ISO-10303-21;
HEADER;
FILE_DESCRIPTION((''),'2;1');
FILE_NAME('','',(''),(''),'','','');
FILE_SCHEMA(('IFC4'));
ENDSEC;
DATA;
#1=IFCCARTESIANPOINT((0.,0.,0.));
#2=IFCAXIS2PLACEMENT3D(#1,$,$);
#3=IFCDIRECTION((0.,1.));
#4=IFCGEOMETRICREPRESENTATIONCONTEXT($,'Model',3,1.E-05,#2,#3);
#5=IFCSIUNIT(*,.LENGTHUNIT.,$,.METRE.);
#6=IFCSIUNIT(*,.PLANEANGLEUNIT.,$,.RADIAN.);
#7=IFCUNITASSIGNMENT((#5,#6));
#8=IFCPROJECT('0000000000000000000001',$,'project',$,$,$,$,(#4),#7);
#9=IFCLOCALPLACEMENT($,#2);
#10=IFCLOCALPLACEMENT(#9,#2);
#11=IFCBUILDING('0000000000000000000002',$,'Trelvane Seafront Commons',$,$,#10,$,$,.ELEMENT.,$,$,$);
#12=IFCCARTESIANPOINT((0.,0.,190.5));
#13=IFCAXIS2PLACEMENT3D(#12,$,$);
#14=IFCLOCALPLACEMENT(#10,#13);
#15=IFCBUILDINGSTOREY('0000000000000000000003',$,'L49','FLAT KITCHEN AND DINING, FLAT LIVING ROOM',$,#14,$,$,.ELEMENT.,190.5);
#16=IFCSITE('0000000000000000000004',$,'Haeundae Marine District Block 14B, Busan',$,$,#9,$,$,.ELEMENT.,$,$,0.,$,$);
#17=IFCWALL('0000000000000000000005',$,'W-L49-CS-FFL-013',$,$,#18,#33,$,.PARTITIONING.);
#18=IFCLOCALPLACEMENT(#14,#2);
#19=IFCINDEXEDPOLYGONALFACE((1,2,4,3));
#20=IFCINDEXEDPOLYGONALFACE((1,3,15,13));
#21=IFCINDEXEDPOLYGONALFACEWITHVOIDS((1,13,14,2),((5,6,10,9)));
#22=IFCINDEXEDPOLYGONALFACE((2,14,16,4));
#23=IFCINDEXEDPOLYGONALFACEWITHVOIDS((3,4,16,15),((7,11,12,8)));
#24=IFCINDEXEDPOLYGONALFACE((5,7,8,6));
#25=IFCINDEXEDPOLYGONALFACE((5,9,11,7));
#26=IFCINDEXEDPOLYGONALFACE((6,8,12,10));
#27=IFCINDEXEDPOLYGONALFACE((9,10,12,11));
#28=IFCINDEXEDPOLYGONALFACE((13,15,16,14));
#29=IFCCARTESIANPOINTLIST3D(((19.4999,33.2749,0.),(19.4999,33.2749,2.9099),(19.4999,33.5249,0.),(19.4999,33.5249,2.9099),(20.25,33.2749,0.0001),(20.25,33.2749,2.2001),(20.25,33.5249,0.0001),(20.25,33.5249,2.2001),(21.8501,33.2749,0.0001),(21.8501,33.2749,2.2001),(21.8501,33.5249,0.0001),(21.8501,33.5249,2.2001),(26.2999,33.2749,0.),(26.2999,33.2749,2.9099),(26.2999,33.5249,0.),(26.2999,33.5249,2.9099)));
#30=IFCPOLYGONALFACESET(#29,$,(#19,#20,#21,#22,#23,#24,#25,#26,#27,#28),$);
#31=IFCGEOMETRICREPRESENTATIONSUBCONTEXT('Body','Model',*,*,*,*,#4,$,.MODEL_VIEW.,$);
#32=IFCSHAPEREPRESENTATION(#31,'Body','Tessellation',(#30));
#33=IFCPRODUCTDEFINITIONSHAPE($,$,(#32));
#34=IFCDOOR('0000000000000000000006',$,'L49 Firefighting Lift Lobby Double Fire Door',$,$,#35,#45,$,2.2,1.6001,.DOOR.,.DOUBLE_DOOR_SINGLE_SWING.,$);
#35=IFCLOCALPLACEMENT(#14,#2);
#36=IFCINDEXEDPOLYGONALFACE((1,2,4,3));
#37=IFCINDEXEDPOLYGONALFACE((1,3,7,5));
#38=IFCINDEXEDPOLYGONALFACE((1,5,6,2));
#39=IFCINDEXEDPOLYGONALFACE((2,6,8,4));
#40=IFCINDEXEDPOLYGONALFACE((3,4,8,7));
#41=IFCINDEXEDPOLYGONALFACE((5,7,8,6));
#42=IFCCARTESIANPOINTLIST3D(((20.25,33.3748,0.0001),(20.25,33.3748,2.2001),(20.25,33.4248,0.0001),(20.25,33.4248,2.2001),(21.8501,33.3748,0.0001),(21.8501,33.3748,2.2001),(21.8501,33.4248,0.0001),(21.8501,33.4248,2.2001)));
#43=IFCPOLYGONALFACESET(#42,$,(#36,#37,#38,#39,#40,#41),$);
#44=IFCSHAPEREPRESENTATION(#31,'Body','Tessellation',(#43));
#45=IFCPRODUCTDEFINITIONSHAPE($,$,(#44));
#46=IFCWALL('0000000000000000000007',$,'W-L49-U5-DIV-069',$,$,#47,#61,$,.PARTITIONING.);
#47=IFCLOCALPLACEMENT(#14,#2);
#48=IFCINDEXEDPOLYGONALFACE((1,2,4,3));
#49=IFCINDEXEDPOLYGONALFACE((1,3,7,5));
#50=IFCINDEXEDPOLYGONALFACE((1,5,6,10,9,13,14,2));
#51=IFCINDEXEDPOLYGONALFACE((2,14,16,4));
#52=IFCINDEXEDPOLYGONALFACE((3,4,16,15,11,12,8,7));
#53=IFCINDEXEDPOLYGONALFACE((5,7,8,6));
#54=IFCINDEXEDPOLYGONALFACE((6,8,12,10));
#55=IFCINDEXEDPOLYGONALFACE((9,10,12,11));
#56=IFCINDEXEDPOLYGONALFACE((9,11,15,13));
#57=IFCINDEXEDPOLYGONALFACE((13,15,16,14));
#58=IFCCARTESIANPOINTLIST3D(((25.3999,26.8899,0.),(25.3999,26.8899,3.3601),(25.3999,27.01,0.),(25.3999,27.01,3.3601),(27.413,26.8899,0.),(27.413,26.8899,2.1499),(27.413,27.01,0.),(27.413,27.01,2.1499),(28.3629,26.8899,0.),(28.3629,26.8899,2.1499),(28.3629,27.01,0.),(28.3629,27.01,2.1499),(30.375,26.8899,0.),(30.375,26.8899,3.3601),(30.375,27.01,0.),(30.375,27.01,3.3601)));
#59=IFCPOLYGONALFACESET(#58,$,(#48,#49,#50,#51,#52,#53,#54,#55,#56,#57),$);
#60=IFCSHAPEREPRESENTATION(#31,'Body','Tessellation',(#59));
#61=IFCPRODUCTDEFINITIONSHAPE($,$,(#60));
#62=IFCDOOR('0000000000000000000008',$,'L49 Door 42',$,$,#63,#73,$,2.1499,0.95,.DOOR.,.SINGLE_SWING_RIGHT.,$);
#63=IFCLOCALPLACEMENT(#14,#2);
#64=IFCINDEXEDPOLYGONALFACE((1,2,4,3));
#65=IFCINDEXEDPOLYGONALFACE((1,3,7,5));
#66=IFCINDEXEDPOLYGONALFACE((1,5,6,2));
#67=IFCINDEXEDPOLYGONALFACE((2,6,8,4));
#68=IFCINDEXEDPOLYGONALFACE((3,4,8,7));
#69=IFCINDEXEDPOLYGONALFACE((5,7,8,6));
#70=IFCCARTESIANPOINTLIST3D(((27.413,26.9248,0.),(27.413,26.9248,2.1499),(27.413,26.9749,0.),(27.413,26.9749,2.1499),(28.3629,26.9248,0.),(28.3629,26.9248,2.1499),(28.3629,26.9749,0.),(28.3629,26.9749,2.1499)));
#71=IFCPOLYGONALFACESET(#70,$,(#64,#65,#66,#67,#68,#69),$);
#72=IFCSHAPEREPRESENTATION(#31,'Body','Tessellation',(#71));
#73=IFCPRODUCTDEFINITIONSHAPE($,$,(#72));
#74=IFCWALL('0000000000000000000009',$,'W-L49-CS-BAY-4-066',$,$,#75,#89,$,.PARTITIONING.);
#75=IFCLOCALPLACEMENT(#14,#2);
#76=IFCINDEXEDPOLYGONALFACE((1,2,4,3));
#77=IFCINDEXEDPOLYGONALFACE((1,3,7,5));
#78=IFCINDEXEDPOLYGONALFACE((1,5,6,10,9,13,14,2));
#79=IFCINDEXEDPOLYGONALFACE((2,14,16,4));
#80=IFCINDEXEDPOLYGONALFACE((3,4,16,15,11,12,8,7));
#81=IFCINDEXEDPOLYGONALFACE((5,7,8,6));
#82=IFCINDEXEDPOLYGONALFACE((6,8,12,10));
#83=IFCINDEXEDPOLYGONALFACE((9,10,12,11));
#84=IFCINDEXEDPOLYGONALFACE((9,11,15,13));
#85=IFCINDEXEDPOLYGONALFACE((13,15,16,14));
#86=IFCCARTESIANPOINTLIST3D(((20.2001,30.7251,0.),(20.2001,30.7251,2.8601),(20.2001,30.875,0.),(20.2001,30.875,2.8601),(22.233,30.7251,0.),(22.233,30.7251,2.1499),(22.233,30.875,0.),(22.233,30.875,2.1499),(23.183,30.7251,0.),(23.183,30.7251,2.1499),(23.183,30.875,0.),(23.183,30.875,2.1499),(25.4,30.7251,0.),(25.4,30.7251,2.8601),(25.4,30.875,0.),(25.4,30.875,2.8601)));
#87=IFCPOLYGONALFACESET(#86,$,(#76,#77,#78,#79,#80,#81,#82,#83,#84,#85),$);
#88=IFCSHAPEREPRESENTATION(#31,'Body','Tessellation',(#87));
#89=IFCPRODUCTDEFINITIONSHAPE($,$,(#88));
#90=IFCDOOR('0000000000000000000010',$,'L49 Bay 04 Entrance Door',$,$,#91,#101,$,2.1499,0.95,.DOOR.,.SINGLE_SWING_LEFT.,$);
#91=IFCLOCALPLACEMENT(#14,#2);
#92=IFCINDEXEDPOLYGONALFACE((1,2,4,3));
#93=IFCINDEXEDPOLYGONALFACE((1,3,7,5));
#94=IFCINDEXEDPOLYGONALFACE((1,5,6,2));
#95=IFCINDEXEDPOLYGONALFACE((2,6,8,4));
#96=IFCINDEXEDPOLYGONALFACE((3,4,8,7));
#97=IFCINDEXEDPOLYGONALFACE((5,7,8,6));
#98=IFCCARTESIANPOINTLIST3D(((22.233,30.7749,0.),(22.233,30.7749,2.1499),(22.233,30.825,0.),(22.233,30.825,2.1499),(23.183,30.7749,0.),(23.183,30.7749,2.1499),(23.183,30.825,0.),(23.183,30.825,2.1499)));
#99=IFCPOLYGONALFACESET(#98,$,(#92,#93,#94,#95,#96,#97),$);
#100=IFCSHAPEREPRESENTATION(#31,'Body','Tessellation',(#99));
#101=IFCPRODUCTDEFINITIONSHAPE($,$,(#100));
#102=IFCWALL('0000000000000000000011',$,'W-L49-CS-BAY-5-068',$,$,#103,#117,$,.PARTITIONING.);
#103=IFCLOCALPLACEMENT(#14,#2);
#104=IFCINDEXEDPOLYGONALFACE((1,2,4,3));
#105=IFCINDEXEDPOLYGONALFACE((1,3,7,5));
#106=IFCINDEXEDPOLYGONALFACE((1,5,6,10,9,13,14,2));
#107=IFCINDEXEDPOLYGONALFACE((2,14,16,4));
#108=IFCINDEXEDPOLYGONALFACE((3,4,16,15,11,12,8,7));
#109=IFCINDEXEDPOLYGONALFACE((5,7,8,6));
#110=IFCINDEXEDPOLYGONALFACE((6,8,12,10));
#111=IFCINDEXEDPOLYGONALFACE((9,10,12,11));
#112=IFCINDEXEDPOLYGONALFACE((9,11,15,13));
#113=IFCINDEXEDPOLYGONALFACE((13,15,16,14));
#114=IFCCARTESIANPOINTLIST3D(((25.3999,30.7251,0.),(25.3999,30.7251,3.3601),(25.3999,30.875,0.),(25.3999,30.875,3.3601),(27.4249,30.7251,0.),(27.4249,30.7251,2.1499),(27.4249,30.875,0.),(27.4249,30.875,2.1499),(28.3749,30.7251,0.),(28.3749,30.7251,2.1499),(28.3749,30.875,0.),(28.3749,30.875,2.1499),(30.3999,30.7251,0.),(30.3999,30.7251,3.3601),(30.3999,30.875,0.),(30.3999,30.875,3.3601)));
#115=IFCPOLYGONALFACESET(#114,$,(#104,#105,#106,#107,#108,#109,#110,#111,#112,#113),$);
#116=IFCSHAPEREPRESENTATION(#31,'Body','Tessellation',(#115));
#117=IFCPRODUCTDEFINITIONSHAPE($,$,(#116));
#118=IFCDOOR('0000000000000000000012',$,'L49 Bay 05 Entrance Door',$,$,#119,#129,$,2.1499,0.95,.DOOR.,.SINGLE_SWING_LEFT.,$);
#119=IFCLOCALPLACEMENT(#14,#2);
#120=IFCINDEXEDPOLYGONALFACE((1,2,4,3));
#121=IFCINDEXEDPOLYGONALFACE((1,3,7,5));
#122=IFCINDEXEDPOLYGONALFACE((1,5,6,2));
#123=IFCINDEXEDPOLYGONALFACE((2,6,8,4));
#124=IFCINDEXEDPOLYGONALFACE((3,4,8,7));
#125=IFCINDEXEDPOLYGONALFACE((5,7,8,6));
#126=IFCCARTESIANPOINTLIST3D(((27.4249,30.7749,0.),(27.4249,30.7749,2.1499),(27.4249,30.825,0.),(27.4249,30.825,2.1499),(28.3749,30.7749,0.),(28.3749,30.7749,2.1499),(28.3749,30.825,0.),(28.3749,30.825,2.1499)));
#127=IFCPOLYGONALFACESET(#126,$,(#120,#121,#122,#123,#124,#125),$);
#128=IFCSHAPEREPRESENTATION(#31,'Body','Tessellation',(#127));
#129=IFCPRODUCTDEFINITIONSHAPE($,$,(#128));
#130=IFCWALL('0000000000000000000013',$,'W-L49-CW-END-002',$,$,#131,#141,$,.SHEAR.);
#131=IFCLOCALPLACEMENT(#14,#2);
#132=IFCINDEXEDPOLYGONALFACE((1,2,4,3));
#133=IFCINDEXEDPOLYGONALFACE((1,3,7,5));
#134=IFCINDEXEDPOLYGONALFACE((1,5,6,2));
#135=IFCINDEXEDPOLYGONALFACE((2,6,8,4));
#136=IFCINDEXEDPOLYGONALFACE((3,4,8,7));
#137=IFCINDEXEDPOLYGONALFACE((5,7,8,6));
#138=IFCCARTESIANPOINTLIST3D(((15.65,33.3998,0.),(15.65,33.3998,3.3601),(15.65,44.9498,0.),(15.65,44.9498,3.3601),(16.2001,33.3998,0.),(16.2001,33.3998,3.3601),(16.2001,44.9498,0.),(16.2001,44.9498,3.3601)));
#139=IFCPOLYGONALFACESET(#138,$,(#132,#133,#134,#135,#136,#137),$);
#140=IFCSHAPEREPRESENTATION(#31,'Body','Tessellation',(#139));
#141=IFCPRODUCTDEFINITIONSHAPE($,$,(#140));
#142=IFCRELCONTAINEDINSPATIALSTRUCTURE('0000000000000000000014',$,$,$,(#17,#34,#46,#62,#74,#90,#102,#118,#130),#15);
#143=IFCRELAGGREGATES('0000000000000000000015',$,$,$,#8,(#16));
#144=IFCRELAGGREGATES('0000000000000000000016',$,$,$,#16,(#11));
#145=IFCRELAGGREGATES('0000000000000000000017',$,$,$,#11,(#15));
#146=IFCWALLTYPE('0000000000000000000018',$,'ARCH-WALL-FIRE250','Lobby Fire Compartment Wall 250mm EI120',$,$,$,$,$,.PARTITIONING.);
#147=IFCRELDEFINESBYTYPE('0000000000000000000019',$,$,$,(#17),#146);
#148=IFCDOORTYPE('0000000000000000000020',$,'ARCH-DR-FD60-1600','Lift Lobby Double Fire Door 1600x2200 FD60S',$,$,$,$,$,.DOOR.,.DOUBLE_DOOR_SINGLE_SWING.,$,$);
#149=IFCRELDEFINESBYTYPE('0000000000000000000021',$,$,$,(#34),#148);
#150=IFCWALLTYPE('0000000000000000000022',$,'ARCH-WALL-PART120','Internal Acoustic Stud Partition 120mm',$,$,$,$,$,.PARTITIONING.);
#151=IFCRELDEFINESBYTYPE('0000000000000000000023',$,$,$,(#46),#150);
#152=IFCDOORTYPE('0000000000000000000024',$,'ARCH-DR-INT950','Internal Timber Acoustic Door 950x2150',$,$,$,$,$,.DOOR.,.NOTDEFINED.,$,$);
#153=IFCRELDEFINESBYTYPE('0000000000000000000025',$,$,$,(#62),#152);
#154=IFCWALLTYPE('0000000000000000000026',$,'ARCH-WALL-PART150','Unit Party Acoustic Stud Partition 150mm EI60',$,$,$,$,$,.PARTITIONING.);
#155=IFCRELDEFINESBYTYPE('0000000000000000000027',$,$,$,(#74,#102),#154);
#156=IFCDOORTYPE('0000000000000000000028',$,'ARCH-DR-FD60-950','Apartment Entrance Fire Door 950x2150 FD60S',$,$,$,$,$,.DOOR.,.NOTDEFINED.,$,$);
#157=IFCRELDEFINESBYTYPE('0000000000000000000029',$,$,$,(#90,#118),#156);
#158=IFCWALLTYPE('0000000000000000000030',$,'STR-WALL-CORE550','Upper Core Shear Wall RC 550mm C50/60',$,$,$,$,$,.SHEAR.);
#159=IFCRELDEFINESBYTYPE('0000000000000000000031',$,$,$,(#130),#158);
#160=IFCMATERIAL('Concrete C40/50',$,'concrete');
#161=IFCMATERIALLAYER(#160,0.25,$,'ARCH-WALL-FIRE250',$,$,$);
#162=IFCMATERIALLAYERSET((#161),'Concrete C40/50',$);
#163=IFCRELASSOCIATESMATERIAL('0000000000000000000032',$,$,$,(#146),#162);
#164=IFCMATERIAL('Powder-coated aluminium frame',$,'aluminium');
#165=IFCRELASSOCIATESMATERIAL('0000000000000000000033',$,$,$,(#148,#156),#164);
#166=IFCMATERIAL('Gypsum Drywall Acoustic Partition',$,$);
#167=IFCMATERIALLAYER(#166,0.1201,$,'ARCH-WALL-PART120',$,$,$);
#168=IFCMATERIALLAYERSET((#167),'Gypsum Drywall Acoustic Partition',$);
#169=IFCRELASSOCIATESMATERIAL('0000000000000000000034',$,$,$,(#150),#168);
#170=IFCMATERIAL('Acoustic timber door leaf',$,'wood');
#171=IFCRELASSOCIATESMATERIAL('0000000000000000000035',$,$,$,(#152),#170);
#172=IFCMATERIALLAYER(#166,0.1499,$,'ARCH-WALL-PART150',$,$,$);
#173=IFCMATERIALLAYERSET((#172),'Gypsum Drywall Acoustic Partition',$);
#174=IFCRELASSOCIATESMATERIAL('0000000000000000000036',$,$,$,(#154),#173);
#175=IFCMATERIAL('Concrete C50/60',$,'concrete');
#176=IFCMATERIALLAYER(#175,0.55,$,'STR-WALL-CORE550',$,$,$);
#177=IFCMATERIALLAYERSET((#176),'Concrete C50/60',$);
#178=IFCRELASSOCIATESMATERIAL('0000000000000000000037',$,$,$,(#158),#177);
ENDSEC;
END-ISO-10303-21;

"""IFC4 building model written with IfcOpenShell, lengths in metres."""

from ifc_helpers import new_model, si_unit, direction, frame, frame_2d, origin, place, context, subcontext, project, spatial, rectangle, extrude, source, transform, mapped, material, layer, layer_set, type_object, element, fill, save


model = new_model("IFC4")

# Units and contexts
model_context = context("Model", 3, precision=1e-05, world=origin(), true_north=direction((0.0, 1.0)))
body_context = subcontext(model_context, "Body", "Model", "MODEL_VIEW")
ifc_project = project(units=[si_unit("LENGTHUNIT", "METRE"), si_unit("PLANEANGLEUNIT", "RADIAN")], contexts=[model_context])

# Site, building, storey
site_placement = place(None, origin())
site = spatial("IfcSite", under=ifc_project, at=site_placement, Name="Haeundae Marine District Block 14B, Busan", CompositionType="ELEMENT", RefElevation=0.0)
building_placement = place(site_placement, origin())
building = spatial("IfcBuilding", under=site, at=building_placement, Name="Trelvane Seafront Commons", CompositionType="ELEMENT")
storey_placement = place(building_placement, frame((0.0, 0.0, 190.5)))
storey = spatial("IfcBuildingStorey", under=building, at=storey_placement, Name="L49", Description="FLAT KITCHEN AND DINING, FLAT LIVING ROOM", CompositionType="ELEMENT", Elevation=190.5)

# Shared definitions
ifc_material_1 = material(Name="Concrete C50/60", Category="concrete")

# Walls, openings, doors
ifc_material_2 = material(Name="Concrete C40/50", Category="concrete")
ifc_layer_1 = layer(ifc_material_2, 0.25, Name="ARCH-WALL-FIRE250")
ifc_layer_set_1 = layer_set([ifc_layer_1], Name="Concrete C40/50")
wall_type_1 = type_object("IfcWallType", Name="ARCH-WALL-FIRE250", Description="Lobby Fire Compartment Wall 250mm EI120", PredefinedType="PARTITIONING", material=ifc_layer_set_1)
wall_1_placement = place(storey_placement, frame((19.5, 33.3999, 0.0), z_axis=(0.0, 0.0, 1.0), x_axis=(1.0, 0.0, 0.0)))
wall_1 = element("IfcWall", 1, at=wall_1_placement, inside=storey, type_object=wall_type_1, Name="W-L49-CS-FFL-013", PredefinedType="PARTITIONING", context=body_context, shape_type="SweptSolid", body=[
    extrude(rectangle(XDim=6.8, YDim=0.25, at=frame_2d((3.3999, 0.0))), origin(), (0.0, 0.0, 1.0), 2.9099),
])
opening_1_placement = place(wall_1_placement, frame((0.75, 0.0, 0.0)))
opening_1 = element("IfcOpeningElement", 2, at=opening_1_placement, cuts=wall_1, PredefinedType="OPENING", context=body_context, shape_type="SweptSolid", body=[
    extrude(rectangle(XDim=1.6001, YDim=2.2, at=frame_2d((0.8, 1.1001))), frame((0.0, 0.135, 0.0), z_axis=(0.0, -1.0, 0.0), x_axis=(1.0, 0.0, 0.0)), (0.0, 0.0, 1.0), 0.27),
])
ifc_material_3 = material(Name="Powder-coated aluminium frame", Category="aluminium")
door_type_1 = type_object("IfcDoorType", Name="ARCH-DR-FD60-1600", Description="Lift Lobby Double Fire Door 1600x2200 FD60S", OperationType="DOUBLE_DOOR_SINGLE_SWING", PredefinedType="DOOR", material=ifc_material_3)
shared_shape_1 = source(origin(), body_context, "Body", "SweptSolid", [
    extrude(rectangle(XDim=1.6001, YDim=2.2, at=frame_2d((0.8, 1.1001))), frame((0.0, 0.0249, 0.0), z_axis=(0.0, -1.0, 0.0), x_axis=(1.0, 0.0, 0.0)), (0.0, 0.0, 1.0), 0.05),
])
door_1_placement = place(opening_1_placement, origin())
door_1 = element("IfcDoor", 3, at=door_1_placement, inside=storey, type_object=door_type_1, Name="L49 Firefighting Lift Lobby Double Fire Door", OperationType="DOUBLE_DOOR_SINGLE_SWING", OverallHeight=2.2, OverallWidth=1.6001, PredefinedType="DOOR", context=body_context, shape_type="MappedRepresentation", body=[
    mapped(shared_shape_1, transform((0.0, 0.0, 0.0), x_axis=(1.0, 0.0, 0.0), y_axis=(0.0, 1.0, 0.0), z_axis=(0.0, 0.0, 1.0), scale=1.0)),
])
fill(opening_1, door_1)
ifc_material_4 = material(Name="Gypsum Drywall Acoustic Partition")
ifc_layer_2 = layer(ifc_material_4, 0.1201, Name="ARCH-WALL-PART120")
ifc_layer_set_2 = layer_set([ifc_layer_2], Name="Gypsum Drywall Acoustic Partition")
wall_type_2 = type_object("IfcWallType", Name="ARCH-WALL-PART120", Description="Internal Acoustic Stud Partition 120mm", PredefinedType="PARTITIONING", material=ifc_layer_set_2)
wall_2_placement = place(storey_placement, frame((25.3999, 26.95, 0.0), z_axis=(0.0, 0.0, 1.0), x_axis=(1.0, 0.0, 0.0)))
wall_2 = element("IfcWall", 4, at=wall_2_placement, inside=storey, type_object=wall_type_2, Name="W-L49-U5-DIV-069", PredefinedType="PARTITIONING", context=body_context, shape_type="SweptSolid", body=[
    extrude(rectangle(XDim=4.9751, YDim=0.1201, at=frame_2d((2.4875, 0.0))), origin(), (0.0, 0.0, 1.0), 3.3601),
])
opening_2_placement = place(wall_2_placement, frame((2.0129, 0.0, 0.0)))
opening_2 = element("IfcOpeningElement", 5, at=opening_2_placement, cuts=wall_2, PredefinedType="OPENING", context=body_context, shape_type="SweptSolid", body=[
    extrude(rectangle(XDim=0.95, YDim=2.1499, at=frame_2d((0.4751, 1.075))), frame((0.0, 0.0701, 0.0), z_axis=(0.0, -1.0, 0.0), x_axis=(1.0, 0.0, 0.0)), (0.0, 0.0, 1.0), 0.1401),
])
ifc_material_5 = material(Name="Acoustic timber door leaf", Category="wood")
door_type_2 = type_object("IfcDoorType", Name="ARCH-DR-INT950", Description="Internal Timber Acoustic Door 950x2150", OperationType="NOTDEFINED", PredefinedType="DOOR", material=ifc_material_5)
shared_shape_2 = source(origin(), body_context, "Body", "SweptSolid", [
    extrude(rectangle(XDim=0.95, YDim=2.1499, at=frame_2d((0.4751, 1.075))), frame((0.0, 0.0249, 0.0), z_axis=(0.0, -1.0, 0.0), x_axis=(1.0, 0.0, 0.0)), (0.0, 0.0, 1.0), 0.05),
])
door_2_placement = place(opening_2_placement, origin())
door_2 = element("IfcDoor", 6, at=door_2_placement, inside=storey, type_object=door_type_2, Name="L49 Door 42", OperationType="SINGLE_SWING_RIGHT", OverallHeight=2.1499, OverallWidth=0.95, PredefinedType="DOOR", context=body_context, shape_type="MappedRepresentation", body=[
    mapped(shared_shape_2, transform((0.0, 0.0, 0.0), x_axis=(1.0, 0.0, 0.0), y_axis=(0.0, 1.0, 0.0), z_axis=(0.0, 0.0, 1.0), scale=1.0)),
])
fill(opening_2, door_2)
ifc_layer_3 = layer(ifc_material_4, 0.1499, Name="ARCH-WALL-PART150")
ifc_layer_set_3 = layer_set([ifc_layer_3], Name="Gypsum Drywall Acoustic Partition")
wall_type_3 = type_object("IfcWallType", Name="ARCH-WALL-PART150", Description="Unit Party Acoustic Stud Partition 150mm EI60", PredefinedType="PARTITIONING", material=ifc_layer_set_3)
wall_3_placement = place(storey_placement, frame((20.2, 30.8, 0.0), z_axis=(0.0, 0.0, 1.0), x_axis=(1.0, 0.0, 0.0)))
wall_3 = element("IfcWall", 7, at=wall_3_placement, inside=storey, type_object=wall_type_3, Name="W-L49-CS-BAY-4-066", PredefinedType="PARTITIONING", context=body_context, shape_type="SweptSolid", body=[
    extrude(rectangle(XDim=5.2, YDim=0.1499, at=frame_2d((2.6001, 0.0))), origin(), (0.0, 0.0, 1.0), 2.8601),
])
opening_3_placement = place(wall_3_placement, frame((2.033, 0.0, 0.0)))
opening_3 = element("IfcOpeningElement", 8, at=opening_3_placement, cuts=wall_3, PredefinedType="OPENING", context=body_context, shape_type="SweptSolid", body=[
    extrude(rectangle(XDim=0.95, YDim=2.1499, at=frame_2d((0.4751, 1.075))), frame((0.0, 0.085, 0.0), z_axis=(0.0, -1.0, 0.0), x_axis=(1.0, 0.0, 0.0)), (0.0, 0.0, 1.0), 0.1699),
])
door_type_3 = type_object("IfcDoorType", Name="ARCH-DR-FD60-950", Description="Apartment Entrance Fire Door 950x2150 FD60S", OperationType="NOTDEFINED", PredefinedType="DOOR", material=ifc_material_3)
door_3_placement = place(opening_3_placement, origin())
door_3 = element("IfcDoor", 9, at=door_3_placement, inside=storey, type_object=door_type_3, Name="L49 Bay 04 Entrance Door", OperationType="SINGLE_SWING_LEFT", OverallHeight=2.1499, OverallWidth=0.95, PredefinedType="DOOR", context=body_context, shape_type="MappedRepresentation", body=[
    mapped(shared_shape_2, transform((0.0, 0.0, 0.0), x_axis=(1.0, 0.0, 0.0), y_axis=(0.0, 1.0, 0.0), z_axis=(0.0, 0.0, 1.0), scale=1.0)),
])
fill(opening_3, door_3)
wall_4_placement = place(storey_placement, frame((25.3999, 30.8, 0.0), z_axis=(0.0, 0.0, 1.0), x_axis=(1.0, 0.0, 0.0)))
wall_4 = element("IfcWall", 10, at=wall_4_placement, inside=storey, type_object=wall_type_3, Name="W-L49-CS-BAY-5-068", PredefinedType="PARTITIONING", context=body_context, shape_type="SweptSolid", body=[
    extrude(rectangle(XDim=5.0, YDim=0.1499, at=frame_2d((2.5, 0.0))), origin(), (0.0, 0.0, 1.0), 3.3601),
])
opening_4_placement = place(wall_4_placement, frame((2.0249, 0.0, 0.0)))
opening_4 = element("IfcOpeningElement", 11, at=opening_4_placement, cuts=wall_4, PredefinedType="OPENING", context=body_context, shape_type="SweptSolid", body=[
    extrude(rectangle(XDim=0.95, YDim=2.1499, at=frame_2d((0.4751, 1.075))), frame((0.0, 0.085, 0.0), z_axis=(0.0, -1.0, 0.0), x_axis=(1.0, 0.0, 0.0)), (0.0, 0.0, 1.0), 0.1699),
])
door_4_placement = place(opening_4_placement, origin())
door_4 = element("IfcDoor", 12, at=door_4_placement, inside=storey, type_object=door_type_3, Name="L49 Bay 05 Entrance Door", OperationType="SINGLE_SWING_LEFT", OverallHeight=2.1499, OverallWidth=0.95, PredefinedType="DOOR", context=body_context, shape_type="MappedRepresentation", body=[
    mapped(shared_shape_2, transform((0.0, 0.0, 0.0), x_axis=(1.0, 0.0, 0.0), y_axis=(0.0, 1.0, 0.0), z_axis=(0.0, 0.0, 1.0), scale=1.0)),
])
fill(opening_4, door_4)

# Wall
ifc_layer_4 = layer(ifc_material_1, 0.55, Name="STR-WALL-CORE550")
ifc_layer_set_4 = layer_set([ifc_layer_4], Name="Concrete C50/60")
wall_type_4 = type_object("IfcWallType", Name="STR-WALL-CORE550", Description="Upper Core Shear Wall RC 550mm C50/60", PredefinedType="SHEAR", material=ifc_layer_set_4)
wall_5_placement = place(storey_placement, frame((15.925, 33.3999, 0.0), z_axis=(0.0, 0.0, 1.0), x_axis=(0.0, 1.0, 0.0)))
element("IfcWall", 13, at=wall_5_placement, inside=storey, type_object=wall_type_4, Name="W-L49-CW-END-002", PredefinedType="SHEAR", context=body_context, shape_type="SweptSolid", body=[
    extrude(rectangle(XDim=11.55, YDim=0.55, at=frame_2d((5.7749, 0.0))), origin(), (0.0, 0.0, 1.0), 3.3601),
])

save(model, "model.ifc")
